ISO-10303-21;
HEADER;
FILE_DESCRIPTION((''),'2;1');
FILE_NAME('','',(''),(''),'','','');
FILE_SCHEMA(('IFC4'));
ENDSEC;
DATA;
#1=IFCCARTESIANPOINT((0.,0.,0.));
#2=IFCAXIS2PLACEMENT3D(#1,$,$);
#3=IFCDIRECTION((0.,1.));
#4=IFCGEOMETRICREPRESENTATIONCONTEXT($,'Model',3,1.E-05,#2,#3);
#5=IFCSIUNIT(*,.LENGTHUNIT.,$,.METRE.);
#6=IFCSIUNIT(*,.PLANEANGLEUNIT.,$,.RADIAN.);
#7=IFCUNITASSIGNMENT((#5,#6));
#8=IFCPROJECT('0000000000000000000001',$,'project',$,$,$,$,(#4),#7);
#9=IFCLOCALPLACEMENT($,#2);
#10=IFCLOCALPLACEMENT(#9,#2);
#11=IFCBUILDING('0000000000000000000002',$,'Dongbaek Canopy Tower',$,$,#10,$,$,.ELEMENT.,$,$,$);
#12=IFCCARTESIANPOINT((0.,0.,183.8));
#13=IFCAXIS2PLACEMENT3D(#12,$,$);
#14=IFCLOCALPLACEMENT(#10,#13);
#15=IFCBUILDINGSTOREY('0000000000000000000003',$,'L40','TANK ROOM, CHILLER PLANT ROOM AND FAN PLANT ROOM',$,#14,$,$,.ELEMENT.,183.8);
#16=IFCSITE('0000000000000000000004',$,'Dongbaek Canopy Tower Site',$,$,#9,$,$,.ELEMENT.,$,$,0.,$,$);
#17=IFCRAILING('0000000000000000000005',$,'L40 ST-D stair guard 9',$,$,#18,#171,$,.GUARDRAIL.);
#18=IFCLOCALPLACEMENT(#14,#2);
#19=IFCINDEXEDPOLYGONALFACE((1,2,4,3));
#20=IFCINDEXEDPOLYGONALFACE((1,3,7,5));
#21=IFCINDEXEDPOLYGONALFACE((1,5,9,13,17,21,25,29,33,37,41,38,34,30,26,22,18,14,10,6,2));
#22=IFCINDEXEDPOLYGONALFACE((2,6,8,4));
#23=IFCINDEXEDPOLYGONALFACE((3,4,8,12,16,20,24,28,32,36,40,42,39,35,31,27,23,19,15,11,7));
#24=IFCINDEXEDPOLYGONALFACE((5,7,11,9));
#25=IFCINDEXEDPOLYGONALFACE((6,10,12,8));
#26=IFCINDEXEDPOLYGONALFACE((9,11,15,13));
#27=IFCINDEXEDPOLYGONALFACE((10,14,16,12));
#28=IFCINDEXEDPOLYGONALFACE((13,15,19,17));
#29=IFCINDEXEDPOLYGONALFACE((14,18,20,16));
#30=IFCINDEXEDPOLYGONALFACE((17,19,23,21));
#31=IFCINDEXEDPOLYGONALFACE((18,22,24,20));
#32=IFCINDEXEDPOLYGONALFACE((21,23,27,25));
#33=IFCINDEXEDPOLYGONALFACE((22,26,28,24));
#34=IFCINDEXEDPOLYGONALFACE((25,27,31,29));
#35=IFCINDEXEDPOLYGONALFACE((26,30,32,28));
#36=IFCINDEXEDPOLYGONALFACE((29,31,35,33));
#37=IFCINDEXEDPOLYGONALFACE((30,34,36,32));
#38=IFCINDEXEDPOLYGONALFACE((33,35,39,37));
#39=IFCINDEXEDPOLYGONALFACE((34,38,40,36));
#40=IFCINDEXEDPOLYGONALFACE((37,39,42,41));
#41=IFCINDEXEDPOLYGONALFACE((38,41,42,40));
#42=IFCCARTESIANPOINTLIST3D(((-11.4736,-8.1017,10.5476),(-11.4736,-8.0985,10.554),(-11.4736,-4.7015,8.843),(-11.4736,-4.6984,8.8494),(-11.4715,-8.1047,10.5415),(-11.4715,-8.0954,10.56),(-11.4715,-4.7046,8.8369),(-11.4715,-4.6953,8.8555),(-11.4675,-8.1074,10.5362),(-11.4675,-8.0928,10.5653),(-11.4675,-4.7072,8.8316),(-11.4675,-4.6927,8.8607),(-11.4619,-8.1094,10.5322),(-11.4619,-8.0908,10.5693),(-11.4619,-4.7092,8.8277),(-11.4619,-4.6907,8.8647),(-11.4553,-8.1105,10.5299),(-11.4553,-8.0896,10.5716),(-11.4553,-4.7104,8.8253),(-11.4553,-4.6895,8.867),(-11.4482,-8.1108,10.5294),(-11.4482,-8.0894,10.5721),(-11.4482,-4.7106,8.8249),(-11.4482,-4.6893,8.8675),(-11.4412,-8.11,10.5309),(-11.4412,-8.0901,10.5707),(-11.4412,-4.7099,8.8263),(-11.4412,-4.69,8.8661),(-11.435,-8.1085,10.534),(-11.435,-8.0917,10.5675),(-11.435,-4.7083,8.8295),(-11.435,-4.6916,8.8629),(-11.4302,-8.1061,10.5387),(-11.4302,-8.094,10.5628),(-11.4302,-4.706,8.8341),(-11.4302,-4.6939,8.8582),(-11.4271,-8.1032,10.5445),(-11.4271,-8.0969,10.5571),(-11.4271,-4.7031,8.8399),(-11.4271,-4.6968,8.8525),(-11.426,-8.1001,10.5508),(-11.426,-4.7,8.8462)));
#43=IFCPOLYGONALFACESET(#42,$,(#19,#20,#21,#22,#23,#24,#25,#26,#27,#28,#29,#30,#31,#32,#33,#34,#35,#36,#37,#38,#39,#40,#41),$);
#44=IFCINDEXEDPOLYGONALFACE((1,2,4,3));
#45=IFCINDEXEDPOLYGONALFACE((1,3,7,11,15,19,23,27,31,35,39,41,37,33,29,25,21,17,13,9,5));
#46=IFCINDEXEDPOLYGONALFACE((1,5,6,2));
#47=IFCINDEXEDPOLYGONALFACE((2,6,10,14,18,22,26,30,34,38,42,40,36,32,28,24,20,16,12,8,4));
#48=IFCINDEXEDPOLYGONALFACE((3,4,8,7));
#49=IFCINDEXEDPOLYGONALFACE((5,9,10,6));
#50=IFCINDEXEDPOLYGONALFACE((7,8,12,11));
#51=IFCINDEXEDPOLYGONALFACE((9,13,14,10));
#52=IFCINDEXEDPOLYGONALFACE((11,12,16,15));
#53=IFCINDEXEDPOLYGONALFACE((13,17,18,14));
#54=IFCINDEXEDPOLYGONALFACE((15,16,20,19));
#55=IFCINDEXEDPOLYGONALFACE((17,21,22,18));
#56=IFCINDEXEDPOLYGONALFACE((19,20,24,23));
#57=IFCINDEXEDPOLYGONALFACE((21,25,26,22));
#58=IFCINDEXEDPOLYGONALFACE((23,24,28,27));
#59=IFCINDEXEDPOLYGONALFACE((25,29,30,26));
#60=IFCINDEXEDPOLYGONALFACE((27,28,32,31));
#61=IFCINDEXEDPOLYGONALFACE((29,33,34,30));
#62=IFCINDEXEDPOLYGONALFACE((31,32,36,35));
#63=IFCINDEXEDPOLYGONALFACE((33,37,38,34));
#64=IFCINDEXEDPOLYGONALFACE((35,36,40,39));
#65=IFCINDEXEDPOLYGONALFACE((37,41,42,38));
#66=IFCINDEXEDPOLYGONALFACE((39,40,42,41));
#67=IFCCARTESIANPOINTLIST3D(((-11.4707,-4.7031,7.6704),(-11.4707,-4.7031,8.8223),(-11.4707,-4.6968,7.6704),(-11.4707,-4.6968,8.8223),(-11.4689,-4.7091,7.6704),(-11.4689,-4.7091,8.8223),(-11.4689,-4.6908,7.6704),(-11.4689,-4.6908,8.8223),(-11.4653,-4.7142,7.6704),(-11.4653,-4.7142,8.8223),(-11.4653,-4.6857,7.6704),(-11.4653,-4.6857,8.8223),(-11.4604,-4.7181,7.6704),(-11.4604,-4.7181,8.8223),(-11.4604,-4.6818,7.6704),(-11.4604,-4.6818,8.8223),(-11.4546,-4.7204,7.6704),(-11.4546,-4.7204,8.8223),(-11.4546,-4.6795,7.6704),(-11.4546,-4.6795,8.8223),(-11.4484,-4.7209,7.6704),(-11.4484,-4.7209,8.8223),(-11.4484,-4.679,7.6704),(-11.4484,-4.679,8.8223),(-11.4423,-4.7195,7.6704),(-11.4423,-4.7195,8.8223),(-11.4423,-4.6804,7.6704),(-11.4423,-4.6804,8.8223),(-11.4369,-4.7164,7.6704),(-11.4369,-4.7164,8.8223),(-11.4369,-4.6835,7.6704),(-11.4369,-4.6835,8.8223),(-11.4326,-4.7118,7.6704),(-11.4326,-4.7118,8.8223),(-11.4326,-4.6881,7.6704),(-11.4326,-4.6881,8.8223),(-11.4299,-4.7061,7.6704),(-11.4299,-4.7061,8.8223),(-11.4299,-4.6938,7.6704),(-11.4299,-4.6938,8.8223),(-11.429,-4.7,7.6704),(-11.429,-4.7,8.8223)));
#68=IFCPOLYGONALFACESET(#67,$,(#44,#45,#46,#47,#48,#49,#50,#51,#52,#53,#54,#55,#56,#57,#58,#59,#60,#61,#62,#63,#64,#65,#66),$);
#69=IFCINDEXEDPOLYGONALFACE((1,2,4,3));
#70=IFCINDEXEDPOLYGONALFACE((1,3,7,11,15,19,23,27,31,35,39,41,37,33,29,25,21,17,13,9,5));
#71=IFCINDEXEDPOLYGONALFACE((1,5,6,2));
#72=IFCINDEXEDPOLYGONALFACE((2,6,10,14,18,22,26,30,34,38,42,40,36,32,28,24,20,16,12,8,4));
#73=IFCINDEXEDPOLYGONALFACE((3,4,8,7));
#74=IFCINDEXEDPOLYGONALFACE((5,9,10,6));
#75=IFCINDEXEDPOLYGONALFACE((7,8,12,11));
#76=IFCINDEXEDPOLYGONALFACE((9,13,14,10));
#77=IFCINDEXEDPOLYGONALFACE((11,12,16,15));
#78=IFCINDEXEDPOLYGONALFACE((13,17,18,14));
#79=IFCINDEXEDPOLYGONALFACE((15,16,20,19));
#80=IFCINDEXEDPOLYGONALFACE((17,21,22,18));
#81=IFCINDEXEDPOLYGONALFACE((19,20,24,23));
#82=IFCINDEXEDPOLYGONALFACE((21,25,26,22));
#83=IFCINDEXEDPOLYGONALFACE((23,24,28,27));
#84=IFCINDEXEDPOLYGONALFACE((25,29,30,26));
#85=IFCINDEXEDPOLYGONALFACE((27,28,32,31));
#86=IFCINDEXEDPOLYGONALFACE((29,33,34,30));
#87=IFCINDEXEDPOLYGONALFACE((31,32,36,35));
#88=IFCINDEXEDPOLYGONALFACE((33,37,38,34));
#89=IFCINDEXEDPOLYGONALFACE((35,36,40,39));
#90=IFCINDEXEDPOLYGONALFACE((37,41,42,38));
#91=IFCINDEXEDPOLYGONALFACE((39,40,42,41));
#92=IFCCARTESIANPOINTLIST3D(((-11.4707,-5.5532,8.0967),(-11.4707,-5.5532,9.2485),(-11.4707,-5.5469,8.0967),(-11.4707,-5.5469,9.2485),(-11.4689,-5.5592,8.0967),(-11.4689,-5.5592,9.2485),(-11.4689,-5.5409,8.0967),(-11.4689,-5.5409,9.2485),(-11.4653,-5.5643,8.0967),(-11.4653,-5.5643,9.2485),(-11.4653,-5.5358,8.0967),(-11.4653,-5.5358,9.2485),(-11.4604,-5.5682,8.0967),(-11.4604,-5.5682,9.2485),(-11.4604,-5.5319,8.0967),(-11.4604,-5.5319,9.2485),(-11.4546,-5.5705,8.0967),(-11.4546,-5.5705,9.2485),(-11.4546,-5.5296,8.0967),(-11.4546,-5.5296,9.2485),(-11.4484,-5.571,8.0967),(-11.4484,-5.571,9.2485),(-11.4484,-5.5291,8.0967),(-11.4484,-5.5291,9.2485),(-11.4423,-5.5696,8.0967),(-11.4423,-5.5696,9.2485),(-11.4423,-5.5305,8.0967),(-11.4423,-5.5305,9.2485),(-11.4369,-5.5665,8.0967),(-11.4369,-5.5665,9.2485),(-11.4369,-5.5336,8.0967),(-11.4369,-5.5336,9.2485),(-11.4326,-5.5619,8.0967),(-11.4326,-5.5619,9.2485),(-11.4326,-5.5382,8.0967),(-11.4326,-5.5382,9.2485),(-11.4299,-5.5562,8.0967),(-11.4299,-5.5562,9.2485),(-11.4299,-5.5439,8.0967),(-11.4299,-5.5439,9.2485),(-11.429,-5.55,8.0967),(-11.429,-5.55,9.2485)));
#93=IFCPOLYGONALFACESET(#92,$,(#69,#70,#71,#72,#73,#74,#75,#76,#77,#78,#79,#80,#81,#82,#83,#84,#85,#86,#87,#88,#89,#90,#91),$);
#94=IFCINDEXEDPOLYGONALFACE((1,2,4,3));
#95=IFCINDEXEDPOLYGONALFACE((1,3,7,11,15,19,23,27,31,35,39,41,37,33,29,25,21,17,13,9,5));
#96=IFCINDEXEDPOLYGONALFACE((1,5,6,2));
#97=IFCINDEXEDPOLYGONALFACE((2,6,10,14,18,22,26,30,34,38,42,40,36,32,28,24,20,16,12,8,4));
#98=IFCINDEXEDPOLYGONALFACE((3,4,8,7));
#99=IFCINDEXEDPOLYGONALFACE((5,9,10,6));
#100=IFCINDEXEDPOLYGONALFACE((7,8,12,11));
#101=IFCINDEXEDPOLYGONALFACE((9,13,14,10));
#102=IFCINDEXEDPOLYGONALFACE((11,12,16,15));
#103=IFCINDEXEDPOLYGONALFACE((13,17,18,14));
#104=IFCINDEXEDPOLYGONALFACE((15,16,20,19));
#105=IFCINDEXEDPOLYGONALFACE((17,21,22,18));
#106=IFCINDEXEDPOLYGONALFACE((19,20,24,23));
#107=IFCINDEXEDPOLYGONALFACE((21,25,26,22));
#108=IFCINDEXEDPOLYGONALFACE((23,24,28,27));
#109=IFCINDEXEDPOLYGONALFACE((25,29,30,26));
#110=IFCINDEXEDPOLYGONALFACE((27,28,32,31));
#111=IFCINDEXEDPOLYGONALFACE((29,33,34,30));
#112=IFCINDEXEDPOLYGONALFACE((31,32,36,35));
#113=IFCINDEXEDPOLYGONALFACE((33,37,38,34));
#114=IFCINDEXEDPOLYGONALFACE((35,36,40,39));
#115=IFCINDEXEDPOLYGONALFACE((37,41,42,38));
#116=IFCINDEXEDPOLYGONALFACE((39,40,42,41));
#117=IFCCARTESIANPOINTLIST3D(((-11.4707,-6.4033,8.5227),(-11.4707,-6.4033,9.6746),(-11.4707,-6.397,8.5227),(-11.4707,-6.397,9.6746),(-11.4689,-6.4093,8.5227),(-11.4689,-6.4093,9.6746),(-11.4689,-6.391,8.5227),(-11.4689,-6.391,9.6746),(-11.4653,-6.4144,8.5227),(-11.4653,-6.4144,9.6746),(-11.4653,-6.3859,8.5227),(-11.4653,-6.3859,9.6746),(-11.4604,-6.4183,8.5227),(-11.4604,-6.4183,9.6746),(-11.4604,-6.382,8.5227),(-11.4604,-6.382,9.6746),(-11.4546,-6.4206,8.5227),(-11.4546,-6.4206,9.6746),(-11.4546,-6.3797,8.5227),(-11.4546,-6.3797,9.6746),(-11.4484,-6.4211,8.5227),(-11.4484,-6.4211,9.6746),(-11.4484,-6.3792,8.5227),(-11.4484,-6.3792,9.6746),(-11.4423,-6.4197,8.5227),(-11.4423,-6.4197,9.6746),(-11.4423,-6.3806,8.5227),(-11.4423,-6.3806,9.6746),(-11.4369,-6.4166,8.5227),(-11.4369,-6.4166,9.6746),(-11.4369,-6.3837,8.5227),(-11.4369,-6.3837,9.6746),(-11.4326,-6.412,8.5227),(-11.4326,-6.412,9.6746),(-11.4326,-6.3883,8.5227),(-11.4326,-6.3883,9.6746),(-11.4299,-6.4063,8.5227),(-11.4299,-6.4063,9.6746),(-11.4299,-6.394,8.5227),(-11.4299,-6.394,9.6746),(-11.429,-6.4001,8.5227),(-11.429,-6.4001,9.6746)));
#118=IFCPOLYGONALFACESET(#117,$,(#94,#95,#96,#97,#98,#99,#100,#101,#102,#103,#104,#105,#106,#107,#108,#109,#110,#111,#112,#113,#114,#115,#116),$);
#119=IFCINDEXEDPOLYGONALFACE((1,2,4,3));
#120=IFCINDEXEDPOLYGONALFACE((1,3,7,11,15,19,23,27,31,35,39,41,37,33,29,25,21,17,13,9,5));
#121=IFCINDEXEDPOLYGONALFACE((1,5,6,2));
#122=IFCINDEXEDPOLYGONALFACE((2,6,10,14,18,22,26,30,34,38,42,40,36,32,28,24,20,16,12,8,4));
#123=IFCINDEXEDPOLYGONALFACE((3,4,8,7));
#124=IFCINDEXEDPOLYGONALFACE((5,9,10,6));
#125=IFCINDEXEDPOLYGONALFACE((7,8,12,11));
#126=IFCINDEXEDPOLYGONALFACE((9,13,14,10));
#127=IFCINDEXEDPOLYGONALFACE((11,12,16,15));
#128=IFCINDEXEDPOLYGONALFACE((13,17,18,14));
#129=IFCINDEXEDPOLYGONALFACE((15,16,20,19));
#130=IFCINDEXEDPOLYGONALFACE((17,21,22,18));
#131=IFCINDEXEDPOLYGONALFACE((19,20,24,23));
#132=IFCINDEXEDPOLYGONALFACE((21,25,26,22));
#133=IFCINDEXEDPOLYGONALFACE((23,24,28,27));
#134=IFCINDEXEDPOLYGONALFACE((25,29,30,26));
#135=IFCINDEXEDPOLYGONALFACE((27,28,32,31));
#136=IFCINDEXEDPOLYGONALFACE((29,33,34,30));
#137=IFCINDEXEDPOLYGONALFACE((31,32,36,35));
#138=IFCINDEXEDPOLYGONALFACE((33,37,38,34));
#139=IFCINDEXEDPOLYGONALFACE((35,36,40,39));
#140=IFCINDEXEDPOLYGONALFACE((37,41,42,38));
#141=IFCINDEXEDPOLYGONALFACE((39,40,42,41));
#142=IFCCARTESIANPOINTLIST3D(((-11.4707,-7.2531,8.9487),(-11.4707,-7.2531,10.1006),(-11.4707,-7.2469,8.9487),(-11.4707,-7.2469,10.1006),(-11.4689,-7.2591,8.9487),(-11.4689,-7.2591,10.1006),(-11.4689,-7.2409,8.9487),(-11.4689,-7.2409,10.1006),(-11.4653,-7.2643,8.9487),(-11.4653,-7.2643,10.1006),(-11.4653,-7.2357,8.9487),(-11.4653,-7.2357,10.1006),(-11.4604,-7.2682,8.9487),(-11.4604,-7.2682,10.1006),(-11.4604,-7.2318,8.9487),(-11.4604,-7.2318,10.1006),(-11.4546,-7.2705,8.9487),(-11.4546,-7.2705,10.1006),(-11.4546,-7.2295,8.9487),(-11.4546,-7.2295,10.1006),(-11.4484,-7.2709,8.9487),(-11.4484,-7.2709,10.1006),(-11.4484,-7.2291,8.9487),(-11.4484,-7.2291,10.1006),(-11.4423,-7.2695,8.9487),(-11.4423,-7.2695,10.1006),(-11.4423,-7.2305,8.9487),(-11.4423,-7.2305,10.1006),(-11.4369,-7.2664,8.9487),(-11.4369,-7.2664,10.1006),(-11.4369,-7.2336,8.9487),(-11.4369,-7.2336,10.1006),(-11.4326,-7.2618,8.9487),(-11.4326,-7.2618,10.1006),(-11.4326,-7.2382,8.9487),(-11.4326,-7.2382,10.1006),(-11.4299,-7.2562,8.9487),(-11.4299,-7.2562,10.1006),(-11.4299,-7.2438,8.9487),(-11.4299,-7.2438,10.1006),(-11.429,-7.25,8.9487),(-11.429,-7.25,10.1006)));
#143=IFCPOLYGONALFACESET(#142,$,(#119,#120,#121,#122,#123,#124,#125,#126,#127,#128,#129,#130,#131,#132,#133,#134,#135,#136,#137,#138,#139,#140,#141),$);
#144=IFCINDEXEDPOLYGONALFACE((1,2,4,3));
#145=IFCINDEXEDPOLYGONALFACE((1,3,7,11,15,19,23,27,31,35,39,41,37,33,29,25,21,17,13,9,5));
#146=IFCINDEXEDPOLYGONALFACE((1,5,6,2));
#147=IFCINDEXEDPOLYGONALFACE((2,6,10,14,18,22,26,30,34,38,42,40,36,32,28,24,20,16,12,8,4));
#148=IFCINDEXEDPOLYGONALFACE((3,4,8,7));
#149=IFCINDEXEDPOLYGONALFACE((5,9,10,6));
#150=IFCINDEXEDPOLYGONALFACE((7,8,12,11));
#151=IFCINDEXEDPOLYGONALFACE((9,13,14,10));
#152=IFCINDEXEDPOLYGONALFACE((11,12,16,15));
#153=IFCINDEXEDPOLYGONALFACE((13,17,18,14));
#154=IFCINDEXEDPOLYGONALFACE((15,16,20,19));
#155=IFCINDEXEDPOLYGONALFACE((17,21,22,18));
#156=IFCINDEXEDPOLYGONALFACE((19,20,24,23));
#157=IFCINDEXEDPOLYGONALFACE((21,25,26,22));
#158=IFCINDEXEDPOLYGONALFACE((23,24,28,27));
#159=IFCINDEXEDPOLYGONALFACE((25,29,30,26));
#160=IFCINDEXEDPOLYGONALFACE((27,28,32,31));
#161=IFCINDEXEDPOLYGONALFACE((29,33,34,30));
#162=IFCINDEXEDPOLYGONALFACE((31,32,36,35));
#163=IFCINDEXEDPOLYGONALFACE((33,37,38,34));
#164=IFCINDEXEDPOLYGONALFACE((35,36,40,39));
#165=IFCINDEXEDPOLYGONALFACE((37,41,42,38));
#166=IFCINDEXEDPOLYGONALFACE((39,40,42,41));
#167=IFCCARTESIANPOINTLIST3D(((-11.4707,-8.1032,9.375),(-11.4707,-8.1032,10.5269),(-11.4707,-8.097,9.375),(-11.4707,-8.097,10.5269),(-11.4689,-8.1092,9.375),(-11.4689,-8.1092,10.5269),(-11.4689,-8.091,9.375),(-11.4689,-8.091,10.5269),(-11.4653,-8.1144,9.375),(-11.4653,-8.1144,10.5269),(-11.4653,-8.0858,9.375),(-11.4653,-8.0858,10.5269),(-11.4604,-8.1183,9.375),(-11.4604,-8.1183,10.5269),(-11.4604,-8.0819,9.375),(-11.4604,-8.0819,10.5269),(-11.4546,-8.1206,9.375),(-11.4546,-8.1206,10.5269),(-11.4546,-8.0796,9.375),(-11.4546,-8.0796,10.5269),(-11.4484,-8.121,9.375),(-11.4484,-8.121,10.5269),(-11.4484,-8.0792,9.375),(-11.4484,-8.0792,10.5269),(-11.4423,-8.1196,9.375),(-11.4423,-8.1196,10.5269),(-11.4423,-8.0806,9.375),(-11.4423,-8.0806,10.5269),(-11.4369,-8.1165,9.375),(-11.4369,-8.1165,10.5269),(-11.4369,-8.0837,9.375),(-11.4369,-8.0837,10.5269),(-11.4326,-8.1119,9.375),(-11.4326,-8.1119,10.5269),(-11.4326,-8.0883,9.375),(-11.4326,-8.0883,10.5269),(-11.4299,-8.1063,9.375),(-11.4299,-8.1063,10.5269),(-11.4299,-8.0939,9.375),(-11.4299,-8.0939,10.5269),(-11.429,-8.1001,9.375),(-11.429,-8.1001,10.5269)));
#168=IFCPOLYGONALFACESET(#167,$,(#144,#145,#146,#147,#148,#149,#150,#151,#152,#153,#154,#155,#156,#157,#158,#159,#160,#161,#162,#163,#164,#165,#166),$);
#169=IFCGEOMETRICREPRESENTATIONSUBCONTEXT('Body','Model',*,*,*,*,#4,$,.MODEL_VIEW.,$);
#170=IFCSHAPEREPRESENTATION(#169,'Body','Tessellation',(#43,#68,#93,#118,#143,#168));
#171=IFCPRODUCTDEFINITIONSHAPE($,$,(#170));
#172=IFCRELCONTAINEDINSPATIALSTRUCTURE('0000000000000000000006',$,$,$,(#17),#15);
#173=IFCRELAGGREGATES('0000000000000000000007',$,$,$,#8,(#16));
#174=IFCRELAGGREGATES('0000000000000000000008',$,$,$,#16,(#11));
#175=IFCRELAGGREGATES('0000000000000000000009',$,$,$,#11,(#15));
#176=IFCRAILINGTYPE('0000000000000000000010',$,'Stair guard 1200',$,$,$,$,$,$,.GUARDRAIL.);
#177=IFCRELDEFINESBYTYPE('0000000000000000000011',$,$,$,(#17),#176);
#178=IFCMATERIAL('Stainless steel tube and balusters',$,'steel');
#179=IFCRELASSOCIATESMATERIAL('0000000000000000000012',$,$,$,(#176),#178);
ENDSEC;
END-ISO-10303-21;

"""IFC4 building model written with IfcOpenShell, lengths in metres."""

from ifc_helpers import new_model, si_unit, direction, frame, origin, origin_2d, place, context, subcontext, project, spatial, circle, extrude, material, type_object, element, save


model = new_model("IFC4")

# Units and contexts
model_context = context("Model", 3, precision=1e-05, world=origin(), true_north=direction((0.0, 1.0)))
body_context = subcontext(model_context, "Body", "Model", "MODEL_VIEW")
ifc_project = project(units=[si_unit("LENGTHUNIT", "METRE"), si_unit("PLANEANGLEUNIT", "RADIAN")], contexts=[model_context])

# Site, building, storey
site_placement = place(None, origin())
site = spatial("IfcSite", under=ifc_project, at=site_placement, Name="Dongbaek Canopy Tower Site", CompositionType="ELEMENT", RefElevation=0.0)
building_placement = place(site_placement, origin())
building = spatial("IfcBuilding", under=site, at=building_placement, Name="Dongbaek Canopy Tower", CompositionType="ELEMENT")
storey_placement = place(building_placement, frame((0.0, 0.0, 183.8)))
storey = spatial("IfcBuildingStorey", under=building, at=storey_placement, Name="L40", Description="TANK ROOM, CHILLER PLANT ROOM AND FAN PLANT ROOM", CompositionType="ELEMENT", Elevation=183.8)

# Railing
ifc_material_1 = material(Name="Stainless steel tube and balusters", Category="steel")
railing_type_1 = type_object("IfcRailingType", Name="Stair guard 1200", PredefinedType="GUARDRAIL", material=ifc_material_1)
railing_1_placement = place(storey_placement, frame((-11.45, -4.7, 7.6704)))
element("IfcRailing", 1, at=railing_1_placement, inside=storey, type_object=railing_type_1, Name="L40 ST-D stair guard 9", PredefinedType="GUARDRAIL", context=body_context, shape_type="SweptSolid", body=[
    extrude(circle(Radius=0.0239, at=origin_2d()), frame((0.0, 0.0, 1.1758), z_axis=(0.0, -0.893952, 0.448163), x_axis=(1.0, 0.0, 0.0)), (0.0, 0.0, 1.0), 3.8035),
    extrude(circle(Radius=0.021, at=origin_2d()), origin(), (0.0, 0.0, 1.0), 1.1519),
    extrude(circle(Radius=0.021, at=origin_2d()), frame((0.0, -0.8501, 0.4263)), (0.0, 0.0, 1.0), 1.1519),
    extrude(circle(Radius=0.021, at=origin_2d()), frame((0.0, -1.7002, 0.8523)), (0.0, 0.0, 1.0), 1.1519),
    extrude(circle(Radius=0.021, at=origin_2d()), frame((0.0, -2.55, 1.2783)), (0.0, 0.0, 1.0), 1.1519),
    extrude(circle(Radius=0.021, at=origin_2d()), frame((0.0, -3.4001, 1.7046)), (0.0, 0.0, 1.0), 1.1519),
])

save(model, "model.ifc")
